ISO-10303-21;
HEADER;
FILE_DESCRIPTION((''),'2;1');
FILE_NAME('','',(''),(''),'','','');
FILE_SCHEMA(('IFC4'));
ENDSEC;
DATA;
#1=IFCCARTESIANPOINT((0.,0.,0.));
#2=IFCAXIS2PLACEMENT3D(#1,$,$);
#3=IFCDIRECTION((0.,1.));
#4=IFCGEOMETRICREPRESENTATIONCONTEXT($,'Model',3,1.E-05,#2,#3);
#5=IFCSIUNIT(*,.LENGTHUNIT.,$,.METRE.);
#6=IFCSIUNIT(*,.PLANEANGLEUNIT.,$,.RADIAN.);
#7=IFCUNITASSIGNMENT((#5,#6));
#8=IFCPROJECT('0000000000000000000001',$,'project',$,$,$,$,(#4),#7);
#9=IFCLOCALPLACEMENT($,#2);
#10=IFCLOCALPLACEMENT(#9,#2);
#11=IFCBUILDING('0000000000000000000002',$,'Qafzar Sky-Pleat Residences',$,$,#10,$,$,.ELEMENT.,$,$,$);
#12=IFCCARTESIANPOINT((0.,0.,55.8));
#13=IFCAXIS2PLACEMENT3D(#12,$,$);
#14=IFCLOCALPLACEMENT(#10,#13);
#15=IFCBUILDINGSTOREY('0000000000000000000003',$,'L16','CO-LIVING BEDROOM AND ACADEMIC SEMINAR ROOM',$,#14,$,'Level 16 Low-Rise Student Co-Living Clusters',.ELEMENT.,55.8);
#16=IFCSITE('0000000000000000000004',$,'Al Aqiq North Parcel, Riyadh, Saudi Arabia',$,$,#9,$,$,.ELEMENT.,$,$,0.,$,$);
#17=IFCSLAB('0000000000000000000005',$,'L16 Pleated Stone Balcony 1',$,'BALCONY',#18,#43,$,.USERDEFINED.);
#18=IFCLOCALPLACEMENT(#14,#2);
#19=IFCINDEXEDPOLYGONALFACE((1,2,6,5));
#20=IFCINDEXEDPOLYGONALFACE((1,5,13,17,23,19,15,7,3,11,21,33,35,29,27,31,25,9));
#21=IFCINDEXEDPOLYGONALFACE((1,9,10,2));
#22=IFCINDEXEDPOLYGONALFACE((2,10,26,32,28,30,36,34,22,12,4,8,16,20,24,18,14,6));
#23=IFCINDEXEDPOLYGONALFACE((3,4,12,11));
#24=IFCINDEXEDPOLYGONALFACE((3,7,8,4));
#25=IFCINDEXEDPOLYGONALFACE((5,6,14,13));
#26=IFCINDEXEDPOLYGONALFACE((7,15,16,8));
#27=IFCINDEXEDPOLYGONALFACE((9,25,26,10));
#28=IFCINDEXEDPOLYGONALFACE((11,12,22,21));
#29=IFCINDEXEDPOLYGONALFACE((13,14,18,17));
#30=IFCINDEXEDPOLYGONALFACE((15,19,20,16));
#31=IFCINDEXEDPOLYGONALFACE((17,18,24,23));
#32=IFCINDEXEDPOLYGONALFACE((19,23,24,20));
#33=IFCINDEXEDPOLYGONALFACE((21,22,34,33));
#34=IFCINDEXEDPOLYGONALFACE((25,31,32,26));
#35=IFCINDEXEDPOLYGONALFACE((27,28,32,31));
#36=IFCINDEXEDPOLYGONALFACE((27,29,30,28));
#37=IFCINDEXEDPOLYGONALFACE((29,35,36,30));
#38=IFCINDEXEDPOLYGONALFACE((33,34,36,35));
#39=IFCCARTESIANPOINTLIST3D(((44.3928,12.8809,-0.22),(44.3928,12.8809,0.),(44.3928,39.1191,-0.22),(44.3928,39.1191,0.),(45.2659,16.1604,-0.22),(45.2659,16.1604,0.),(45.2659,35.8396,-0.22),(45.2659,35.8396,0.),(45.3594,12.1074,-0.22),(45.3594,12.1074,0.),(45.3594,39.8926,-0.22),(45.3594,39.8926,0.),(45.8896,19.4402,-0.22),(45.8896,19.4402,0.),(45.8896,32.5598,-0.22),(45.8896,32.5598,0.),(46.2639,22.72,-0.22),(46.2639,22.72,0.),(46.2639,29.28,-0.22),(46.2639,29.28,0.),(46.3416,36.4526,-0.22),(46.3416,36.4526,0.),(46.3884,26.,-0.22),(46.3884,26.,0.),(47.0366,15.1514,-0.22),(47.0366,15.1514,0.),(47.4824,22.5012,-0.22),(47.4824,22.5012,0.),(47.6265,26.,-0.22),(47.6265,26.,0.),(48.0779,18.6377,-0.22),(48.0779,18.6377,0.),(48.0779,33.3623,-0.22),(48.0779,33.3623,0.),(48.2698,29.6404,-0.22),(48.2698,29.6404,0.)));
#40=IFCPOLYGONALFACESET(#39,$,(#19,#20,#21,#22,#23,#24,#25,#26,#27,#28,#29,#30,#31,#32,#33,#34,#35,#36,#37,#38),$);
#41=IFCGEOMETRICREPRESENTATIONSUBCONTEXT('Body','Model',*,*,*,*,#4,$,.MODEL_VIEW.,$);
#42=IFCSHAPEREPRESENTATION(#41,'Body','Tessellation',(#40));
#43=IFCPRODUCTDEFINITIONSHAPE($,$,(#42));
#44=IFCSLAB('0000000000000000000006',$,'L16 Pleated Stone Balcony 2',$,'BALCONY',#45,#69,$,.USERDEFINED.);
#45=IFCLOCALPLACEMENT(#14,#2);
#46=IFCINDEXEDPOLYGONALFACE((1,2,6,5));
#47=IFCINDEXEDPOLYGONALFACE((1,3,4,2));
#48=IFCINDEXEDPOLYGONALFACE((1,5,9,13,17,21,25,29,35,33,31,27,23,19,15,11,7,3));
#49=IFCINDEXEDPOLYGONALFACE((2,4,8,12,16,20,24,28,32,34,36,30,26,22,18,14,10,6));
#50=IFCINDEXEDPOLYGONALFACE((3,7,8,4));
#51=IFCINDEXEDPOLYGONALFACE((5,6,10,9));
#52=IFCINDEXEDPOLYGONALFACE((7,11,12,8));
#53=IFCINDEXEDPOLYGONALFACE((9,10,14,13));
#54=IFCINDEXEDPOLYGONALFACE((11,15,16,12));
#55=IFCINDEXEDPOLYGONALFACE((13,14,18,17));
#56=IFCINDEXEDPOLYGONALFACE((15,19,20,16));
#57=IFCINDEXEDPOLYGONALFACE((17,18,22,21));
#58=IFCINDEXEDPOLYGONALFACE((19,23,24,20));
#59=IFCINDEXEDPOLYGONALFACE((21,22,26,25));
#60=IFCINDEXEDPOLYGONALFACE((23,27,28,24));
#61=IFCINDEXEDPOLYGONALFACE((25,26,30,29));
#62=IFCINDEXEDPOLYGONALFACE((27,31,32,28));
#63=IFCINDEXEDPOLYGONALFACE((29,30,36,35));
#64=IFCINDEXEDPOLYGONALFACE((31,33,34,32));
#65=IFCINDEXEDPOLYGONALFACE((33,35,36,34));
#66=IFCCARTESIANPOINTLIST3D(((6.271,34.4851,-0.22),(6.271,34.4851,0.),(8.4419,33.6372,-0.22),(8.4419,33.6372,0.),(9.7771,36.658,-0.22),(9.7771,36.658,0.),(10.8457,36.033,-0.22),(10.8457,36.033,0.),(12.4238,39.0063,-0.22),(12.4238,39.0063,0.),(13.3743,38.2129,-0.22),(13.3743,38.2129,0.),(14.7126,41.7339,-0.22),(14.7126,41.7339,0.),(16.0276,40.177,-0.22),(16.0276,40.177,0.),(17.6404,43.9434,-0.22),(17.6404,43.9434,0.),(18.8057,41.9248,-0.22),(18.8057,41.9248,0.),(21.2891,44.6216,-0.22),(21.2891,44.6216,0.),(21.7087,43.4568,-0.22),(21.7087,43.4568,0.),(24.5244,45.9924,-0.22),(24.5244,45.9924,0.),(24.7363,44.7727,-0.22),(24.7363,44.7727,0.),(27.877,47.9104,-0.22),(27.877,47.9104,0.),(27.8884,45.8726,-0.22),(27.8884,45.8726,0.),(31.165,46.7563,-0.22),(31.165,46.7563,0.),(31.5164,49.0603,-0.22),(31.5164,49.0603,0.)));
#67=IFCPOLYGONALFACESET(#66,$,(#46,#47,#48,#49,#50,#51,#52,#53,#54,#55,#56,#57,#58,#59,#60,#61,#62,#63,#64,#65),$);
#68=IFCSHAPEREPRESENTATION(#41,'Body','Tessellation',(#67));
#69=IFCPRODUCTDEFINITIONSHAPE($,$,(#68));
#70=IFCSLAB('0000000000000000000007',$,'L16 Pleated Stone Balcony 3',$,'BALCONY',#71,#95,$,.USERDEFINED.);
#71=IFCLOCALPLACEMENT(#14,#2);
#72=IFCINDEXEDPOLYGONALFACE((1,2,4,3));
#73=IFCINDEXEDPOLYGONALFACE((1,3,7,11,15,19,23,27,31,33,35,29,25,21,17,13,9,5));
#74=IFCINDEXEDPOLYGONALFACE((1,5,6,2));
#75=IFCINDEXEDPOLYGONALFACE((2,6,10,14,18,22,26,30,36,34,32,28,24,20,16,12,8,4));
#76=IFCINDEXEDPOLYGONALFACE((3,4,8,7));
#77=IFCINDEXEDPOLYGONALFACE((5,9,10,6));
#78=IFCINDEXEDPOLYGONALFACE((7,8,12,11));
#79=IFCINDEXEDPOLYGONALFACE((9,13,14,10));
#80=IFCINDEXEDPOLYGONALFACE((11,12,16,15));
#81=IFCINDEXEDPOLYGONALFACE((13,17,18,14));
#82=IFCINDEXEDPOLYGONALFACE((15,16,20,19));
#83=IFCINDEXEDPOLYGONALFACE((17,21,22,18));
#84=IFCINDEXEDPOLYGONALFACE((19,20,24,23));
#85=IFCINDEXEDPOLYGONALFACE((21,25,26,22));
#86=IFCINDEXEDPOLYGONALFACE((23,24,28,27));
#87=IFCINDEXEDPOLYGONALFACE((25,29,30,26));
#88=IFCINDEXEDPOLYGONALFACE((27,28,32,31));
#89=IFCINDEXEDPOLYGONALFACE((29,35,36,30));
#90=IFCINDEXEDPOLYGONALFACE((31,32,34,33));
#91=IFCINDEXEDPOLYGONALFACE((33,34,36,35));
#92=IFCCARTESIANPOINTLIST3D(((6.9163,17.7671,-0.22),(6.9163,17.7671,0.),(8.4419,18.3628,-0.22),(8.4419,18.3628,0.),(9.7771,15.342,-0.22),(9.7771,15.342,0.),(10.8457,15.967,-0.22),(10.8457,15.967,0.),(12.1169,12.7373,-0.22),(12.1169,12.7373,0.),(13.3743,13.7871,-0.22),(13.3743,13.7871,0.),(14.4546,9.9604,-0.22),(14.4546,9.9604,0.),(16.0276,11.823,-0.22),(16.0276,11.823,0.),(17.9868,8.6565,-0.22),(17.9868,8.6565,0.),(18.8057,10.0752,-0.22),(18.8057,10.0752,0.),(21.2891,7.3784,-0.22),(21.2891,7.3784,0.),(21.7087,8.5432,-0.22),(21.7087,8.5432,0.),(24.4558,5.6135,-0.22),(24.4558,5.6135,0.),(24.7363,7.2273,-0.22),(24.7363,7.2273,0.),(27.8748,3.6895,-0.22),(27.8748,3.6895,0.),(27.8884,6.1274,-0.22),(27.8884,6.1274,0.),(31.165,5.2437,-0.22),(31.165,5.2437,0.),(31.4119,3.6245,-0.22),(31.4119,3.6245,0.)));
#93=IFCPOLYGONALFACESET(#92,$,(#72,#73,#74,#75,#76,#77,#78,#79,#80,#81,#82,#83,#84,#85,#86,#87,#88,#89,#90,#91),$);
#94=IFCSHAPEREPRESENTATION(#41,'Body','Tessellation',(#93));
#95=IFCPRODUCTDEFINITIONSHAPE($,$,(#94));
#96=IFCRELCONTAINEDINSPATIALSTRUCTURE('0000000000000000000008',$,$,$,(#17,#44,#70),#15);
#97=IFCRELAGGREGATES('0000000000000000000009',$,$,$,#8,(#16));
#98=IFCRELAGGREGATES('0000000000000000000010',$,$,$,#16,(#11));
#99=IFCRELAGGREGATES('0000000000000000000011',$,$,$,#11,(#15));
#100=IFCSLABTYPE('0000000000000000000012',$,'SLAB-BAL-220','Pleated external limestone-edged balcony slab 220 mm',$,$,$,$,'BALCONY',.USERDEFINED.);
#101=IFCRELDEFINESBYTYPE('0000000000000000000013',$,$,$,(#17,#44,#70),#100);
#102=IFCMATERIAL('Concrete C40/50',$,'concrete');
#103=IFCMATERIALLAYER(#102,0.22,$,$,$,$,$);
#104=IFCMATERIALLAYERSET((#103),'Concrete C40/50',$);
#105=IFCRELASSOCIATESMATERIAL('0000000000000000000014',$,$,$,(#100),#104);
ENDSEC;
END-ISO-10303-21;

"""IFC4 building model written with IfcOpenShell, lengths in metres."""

from ifc_helpers import new_model, si_unit, direction, frame, origin, place, context, subcontext, project, spatial, polyline, outline, extrude, material, layer, layer_set, type_object, element, save


model = new_model("IFC4")

# Units and contexts
model_context = context("Model", 3, precision=1e-05, world=origin(), true_north=direction((0.0, 1.0)))
body_context = subcontext(model_context, "Body", "Model", "MODEL_VIEW")
ifc_project = project(units=[si_unit("LENGTHUNIT", "METRE"), si_unit("PLANEANGLEUNIT", "RADIAN")], contexts=[model_context])

# Site, building, storey
site_placement = place(None, origin())
site = spatial("IfcSite", under=ifc_project, at=site_placement, Name="Al Aqiq North Parcel, Riyadh, Saudi Arabia", CompositionType="ELEMENT", RefElevation=0.0)
building_placement = place(site_placement, origin())
building = spatial("IfcBuilding", under=site, at=building_placement, Name="Qafzar Sky-Pleat Residences", CompositionType="ELEMENT")
storey_placement = place(building_placement, frame((0.0, 0.0, 55.8)))
storey = spatial("IfcBuildingStorey", under=building, at=storey_placement, Name="L16", Description="CO-LIVING BEDROOM AND ACADEMIC SEMINAR ROOM", LongName="Level 16 Low-Rise Student Co-Living Clusters", CompositionType="ELEMENT", Elevation=55.8)

# Slabs
ifc_material_1 = material(Name="Concrete C40/50", Category="concrete")
ifc_layer_1 = layer(ifc_material_1, 0.22)
ifc_layer_set_1 = layer_set([ifc_layer_1], Name="Concrete C40/50")
slab_type_1 = type_object("IfcSlabType", Name="SLAB-BAL-220", Description="Pleated external limestone-edged balcony slab 220 mm", ElementType="BALCONY", PredefinedType="USERDEFINED", material=ifc_layer_set_1)
slab_1_placement = place(storey_placement, frame((0.0, 0.0, -0.22)))
element("IfcSlab", 1, at=slab_1_placement, inside=storey, type_object=slab_type_1, Name="L16 Pleated Stone Balcony 1", ObjectType="BALCONY", PredefinedType="USERDEFINED", context=body_context, shape_type="SweptSolid", body=[
    extrude(outline(polyline([(45.2659, 16.1604), (45.8896, 19.4402), (46.2639, 22.72), (46.3884, 26.0), (46.2639, 29.28), (45.8896, 32.5598), (45.2659, 35.8396), (44.3928, 39.1191), (45.3594, 39.8926), (46.3416, 36.4526), (48.0779, 33.3623), (48.2698, 29.6404), (47.6265, 26.0), (47.4824, 22.5012), (48.0779, 18.6377), (47.0366, 15.1514), (45.3594, 12.1074), (44.3928, 12.8809), (45.2659, 16.1604)])), origin(), (0.0, 0.0, 1.0), 0.22),
])
slab_2_placement = place(storey_placement, frame((0.0, 0.0, -0.22)))
element("IfcSlab", 2, at=slab_2_placement, inside=storey, type_object=slab_type_1, Name="L16 Pleated Stone Balcony 2", ObjectType="BALCONY", PredefinedType="USERDEFINED", context=body_context, shape_type="SweptSolid", body=[
    extrude(outline(polyline([(27.8884, 45.8726), (24.7363, 44.7727), (21.7087, 43.4568), (18.8057, 41.9248), (16.0276, 40.177), (13.3743, 38.2129), (10.8457, 36.033), (8.4419, 33.6372), (6.271, 34.4851), (9.7771, 36.658), (12.4238, 39.0063), (14.7126, 41.7339), (17.6404, 43.9434), (21.2891, 44.6216), (24.5244, 45.9924), (27.877, 47.9104), (31.5164, 49.0603), (31.165, 46.7563), (27.8884, 45.8726)])), origin(), (0.0, 0.0, 1.0), 0.22),
])
slab_3_placement = place(storey_placement, frame((0.0, 0.0, -0.22)))
element("IfcSlab", 3, at=slab_3_placement, inside=storey, type_object=slab_type_1, Name="L16 Pleated Stone Balcony 3", ObjectType="BALCONY", PredefinedType="USERDEFINED", context=body_context, shape_type="SweptSolid", body=[
    extrude(outline(polyline([(10.8457, 15.967), (13.3743, 13.7871), (16.0276, 11.823), (18.8057, 10.0752), (21.7087, 8.5432), (24.7363, 7.2273), (27.8884, 6.1274), (31.165, 5.2437), (31.4119, 3.6245), (27.8748, 3.6895), (24.4558, 5.6135), (21.2891, 7.3784), (17.9868, 8.6565), (14.4546, 9.9604), (12.1169, 12.7373), (9.7771, 15.342), (6.9163, 17.7671), (8.4419, 18.3628), (10.8457, 15.967)])), origin(), (0.0, 0.0, 1.0), 0.22),
])

save(model, "model.ifc")
